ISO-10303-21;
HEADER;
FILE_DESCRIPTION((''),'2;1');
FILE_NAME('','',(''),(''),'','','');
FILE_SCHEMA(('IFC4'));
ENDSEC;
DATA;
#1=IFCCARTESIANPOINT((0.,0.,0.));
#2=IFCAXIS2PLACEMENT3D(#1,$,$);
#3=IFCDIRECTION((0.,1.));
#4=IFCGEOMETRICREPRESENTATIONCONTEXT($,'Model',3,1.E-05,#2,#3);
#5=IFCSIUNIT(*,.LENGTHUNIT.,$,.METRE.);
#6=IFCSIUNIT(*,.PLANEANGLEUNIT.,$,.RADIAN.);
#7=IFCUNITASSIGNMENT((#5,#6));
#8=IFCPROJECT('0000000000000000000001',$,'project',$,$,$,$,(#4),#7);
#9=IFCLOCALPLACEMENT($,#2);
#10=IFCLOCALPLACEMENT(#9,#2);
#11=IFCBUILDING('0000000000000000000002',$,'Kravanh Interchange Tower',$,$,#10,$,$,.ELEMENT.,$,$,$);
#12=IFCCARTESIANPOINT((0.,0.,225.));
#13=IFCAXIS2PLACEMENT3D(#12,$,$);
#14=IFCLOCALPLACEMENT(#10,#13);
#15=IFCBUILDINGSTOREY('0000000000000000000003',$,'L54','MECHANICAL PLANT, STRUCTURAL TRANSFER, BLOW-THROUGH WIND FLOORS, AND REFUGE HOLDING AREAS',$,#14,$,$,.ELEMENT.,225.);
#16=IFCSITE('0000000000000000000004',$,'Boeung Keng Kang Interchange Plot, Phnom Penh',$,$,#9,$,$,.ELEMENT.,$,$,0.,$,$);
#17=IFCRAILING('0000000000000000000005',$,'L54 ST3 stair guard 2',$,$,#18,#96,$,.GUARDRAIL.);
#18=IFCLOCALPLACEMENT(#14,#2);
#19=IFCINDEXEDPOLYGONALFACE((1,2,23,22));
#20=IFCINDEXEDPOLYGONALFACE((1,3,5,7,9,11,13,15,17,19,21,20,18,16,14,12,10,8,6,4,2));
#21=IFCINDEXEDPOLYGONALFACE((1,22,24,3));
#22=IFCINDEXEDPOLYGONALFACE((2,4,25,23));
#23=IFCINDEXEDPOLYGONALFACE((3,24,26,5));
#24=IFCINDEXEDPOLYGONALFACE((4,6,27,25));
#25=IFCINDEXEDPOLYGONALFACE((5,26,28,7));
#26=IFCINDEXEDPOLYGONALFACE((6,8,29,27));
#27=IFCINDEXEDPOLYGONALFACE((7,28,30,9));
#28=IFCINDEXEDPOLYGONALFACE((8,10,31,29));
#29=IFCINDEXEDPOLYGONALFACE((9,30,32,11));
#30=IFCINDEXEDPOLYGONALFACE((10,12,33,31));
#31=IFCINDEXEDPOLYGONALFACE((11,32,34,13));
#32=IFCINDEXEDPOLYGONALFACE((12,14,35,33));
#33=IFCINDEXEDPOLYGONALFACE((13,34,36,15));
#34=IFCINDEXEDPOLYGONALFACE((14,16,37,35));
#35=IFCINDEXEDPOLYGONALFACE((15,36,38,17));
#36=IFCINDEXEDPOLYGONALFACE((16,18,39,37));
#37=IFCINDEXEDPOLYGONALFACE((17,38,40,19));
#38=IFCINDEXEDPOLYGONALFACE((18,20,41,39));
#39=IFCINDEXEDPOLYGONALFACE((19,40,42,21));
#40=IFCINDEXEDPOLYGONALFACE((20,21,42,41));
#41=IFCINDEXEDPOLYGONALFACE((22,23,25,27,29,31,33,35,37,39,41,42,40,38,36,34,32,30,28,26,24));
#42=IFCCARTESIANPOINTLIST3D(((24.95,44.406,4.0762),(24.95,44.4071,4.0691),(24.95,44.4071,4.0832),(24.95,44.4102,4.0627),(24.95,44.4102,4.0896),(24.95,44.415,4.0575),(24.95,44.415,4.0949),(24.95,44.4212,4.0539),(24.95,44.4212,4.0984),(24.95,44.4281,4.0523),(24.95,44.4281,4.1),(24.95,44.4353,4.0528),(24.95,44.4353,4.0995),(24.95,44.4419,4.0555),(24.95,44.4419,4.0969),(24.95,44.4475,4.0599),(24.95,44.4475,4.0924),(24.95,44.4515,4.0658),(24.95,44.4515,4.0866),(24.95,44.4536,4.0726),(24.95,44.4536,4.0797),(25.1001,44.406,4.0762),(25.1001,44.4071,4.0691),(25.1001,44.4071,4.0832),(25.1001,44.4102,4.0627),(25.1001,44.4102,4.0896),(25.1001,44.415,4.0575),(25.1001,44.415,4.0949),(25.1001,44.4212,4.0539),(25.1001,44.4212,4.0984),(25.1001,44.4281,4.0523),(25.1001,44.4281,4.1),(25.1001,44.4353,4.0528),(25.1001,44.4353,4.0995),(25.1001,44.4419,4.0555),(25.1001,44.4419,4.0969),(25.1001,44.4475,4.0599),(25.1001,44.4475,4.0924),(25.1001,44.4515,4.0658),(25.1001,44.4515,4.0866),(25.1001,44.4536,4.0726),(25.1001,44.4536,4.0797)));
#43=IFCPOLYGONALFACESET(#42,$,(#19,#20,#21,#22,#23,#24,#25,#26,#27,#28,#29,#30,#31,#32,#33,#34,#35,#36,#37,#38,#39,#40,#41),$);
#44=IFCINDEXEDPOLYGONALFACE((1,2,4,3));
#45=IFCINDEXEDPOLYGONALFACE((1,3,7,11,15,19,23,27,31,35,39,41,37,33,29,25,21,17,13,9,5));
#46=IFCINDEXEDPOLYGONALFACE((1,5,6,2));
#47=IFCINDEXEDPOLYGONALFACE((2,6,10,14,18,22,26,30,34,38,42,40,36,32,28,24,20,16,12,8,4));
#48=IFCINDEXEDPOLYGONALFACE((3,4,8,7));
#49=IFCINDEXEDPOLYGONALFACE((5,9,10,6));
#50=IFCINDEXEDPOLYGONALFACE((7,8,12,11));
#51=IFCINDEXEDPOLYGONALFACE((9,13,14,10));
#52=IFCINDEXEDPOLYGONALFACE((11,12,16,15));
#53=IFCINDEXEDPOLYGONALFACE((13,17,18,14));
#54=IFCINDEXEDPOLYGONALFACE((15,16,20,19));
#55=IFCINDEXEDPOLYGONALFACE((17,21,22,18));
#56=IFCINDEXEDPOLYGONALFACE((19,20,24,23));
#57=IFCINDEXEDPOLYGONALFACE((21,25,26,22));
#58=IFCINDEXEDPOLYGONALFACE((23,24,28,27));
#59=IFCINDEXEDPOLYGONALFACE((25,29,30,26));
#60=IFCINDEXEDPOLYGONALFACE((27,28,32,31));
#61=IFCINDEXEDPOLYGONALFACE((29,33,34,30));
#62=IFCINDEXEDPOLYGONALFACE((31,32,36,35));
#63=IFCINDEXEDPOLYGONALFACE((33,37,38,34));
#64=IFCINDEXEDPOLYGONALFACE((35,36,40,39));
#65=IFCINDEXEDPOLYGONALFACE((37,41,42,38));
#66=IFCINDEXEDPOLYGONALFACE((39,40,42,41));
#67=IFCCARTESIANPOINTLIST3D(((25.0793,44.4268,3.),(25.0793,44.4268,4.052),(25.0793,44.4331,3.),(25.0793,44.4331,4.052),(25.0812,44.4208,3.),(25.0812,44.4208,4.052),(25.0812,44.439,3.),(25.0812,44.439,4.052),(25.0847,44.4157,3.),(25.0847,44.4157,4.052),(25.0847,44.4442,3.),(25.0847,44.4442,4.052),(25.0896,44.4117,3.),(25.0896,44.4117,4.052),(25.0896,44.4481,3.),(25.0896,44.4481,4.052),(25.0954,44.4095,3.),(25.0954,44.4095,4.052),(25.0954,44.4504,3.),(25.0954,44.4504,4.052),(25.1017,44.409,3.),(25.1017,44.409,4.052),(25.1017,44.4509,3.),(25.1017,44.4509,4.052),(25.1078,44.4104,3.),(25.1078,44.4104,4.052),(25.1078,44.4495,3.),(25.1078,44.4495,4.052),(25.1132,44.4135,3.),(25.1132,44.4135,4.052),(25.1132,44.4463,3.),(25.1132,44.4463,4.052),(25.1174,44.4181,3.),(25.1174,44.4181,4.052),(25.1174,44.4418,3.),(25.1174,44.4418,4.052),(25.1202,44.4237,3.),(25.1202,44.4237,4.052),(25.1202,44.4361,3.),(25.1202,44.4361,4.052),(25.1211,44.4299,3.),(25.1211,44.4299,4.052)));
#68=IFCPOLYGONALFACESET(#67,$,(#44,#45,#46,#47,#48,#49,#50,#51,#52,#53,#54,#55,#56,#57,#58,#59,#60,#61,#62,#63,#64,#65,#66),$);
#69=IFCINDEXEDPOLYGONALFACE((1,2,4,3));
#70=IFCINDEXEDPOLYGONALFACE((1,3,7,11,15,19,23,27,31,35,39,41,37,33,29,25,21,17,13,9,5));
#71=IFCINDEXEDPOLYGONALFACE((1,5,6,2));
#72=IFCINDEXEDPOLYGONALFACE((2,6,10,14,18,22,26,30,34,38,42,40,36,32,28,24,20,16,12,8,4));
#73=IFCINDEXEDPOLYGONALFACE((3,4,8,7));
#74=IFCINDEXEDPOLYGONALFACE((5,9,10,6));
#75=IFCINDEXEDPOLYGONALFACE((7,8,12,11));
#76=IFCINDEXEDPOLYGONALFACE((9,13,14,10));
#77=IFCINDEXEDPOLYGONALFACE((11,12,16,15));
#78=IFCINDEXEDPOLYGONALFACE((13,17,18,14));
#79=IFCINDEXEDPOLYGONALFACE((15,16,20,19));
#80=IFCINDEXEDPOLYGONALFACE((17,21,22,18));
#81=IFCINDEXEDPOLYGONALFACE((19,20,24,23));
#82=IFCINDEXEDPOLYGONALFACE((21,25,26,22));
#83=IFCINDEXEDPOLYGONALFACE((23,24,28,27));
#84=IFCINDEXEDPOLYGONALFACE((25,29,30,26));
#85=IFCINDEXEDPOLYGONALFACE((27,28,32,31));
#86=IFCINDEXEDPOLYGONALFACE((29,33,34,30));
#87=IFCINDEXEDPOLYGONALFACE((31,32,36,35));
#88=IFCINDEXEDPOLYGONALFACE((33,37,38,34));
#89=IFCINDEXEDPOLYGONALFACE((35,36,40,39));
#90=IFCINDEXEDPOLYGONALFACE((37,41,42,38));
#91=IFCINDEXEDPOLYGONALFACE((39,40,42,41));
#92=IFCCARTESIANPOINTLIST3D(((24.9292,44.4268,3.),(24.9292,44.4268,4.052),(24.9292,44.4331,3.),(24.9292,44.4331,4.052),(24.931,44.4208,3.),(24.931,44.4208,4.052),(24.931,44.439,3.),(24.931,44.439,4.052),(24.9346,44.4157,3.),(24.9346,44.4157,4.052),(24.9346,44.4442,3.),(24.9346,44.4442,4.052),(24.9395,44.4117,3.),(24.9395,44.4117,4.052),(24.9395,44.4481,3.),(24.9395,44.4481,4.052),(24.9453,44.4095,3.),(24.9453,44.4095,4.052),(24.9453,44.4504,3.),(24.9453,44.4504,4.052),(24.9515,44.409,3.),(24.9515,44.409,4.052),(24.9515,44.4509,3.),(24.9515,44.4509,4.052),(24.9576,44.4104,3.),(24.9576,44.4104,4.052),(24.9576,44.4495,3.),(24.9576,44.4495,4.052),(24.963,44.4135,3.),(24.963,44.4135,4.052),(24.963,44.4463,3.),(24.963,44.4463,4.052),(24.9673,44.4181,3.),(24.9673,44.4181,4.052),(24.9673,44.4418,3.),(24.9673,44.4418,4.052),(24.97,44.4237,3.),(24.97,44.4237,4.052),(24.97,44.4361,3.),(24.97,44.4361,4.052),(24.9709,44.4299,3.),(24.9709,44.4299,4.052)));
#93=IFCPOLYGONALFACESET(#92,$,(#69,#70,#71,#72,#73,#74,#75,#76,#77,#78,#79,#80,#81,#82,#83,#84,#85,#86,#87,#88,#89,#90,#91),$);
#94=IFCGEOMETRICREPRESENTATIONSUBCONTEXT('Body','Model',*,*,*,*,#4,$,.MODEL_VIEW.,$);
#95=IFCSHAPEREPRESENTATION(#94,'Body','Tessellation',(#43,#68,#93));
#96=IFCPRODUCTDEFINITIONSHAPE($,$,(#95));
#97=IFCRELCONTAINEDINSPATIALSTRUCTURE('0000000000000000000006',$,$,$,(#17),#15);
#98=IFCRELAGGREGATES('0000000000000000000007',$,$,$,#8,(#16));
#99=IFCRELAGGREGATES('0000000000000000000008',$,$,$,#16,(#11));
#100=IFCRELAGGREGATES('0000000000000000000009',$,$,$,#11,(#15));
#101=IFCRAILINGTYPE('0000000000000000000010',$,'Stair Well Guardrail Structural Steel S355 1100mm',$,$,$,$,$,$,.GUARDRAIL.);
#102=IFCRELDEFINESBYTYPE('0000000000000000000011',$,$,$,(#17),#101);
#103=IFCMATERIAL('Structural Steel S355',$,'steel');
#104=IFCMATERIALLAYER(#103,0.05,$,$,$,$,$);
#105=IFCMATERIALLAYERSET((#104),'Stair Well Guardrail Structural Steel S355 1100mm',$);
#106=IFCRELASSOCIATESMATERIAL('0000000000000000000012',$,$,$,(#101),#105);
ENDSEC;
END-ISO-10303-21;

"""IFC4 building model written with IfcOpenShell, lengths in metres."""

from ifc_helpers import new_model, si_unit, direction, frame, origin, origin_2d, place, context, subcontext, project, spatial, circle, extrude, material, layer, layer_set, type_object, element, save


model = new_model("IFC4")

# Units and contexts
model_context = context("Model", 3, precision=1e-05, world=origin(), true_north=direction((0.0, 1.0)))
body_context = subcontext(model_context, "Body", "Model", "MODEL_VIEW")
ifc_project = project(units=[si_unit("LENGTHUNIT", "METRE"), si_unit("PLANEANGLEUNIT", "RADIAN")], contexts=[model_context])

# Site, building, storey
site_placement = place(None, origin())
site = spatial("IfcSite", under=ifc_project, at=site_placement, Name="Boeung Keng Kang Interchange Plot, Phnom Penh", CompositionType="ELEMENT", RefElevation=0.0)
building_placement = place(site_placement, origin())
building = spatial("IfcBuilding", under=site, at=building_placement, Name="Kravanh Interchange Tower", CompositionType="ELEMENT")
storey_placement = place(building_placement, frame((0.0, 0.0, 225.0)))
storey = spatial("IfcBuildingStorey", under=building, at=storey_placement, Name="L54", Description="MECHANICAL PLANT, STRUCTURAL TRANSFER, BLOW-THROUGH WIND FLOORS, AND REFUGE HOLDING AREAS", CompositionType="ELEMENT", Elevation=225.0)

# Railing
ifc_material_1 = material(Name="Structural Steel S355", Category="steel")
ifc_layer_1 = layer(ifc_material_1, 0.05)
ifc_layer_set_1 = layer_set([ifc_layer_1], Name="Stair Well Guardrail Structural Steel S355 1100mm")
railing_type_1 = type_object("IfcRailingType", Name="Stair Well Guardrail Structural Steel S355 1100mm", PredefinedType="GUARDRAIL", material=ifc_layer_set_1)
railing_1_placement = place(storey_placement, frame((25.1001, 44.4299, 3.0)))
element("IfcRailing", 1, at=railing_1_placement, inside=storey, type_object=railing_type_1, Name="L54 ST3 stair guard 2", PredefinedType="GUARDRAIL", context=body_context, shape_type="SweptSolid", body=[
    extrude(circle(Radius=0.0239, at=origin_2d()), frame((0.0, 0.0, 1.0762), z_axis=(-1.0, 0.0, 0.0), x_axis=(0.0, -1.0, 0.0)), (0.0, 0.0, 1.0), 0.1501),
    extrude(circle(Radius=0.021, at=origin_2d()), origin(), (0.0, 0.0, 1.0), 1.052),
    extrude(circle(Radius=0.021, at=origin_2d()), frame((-0.1501, 0.0, 0.0)), (0.0, 0.0, 1.0), 1.052),
])

save(model, "model.ifc")
